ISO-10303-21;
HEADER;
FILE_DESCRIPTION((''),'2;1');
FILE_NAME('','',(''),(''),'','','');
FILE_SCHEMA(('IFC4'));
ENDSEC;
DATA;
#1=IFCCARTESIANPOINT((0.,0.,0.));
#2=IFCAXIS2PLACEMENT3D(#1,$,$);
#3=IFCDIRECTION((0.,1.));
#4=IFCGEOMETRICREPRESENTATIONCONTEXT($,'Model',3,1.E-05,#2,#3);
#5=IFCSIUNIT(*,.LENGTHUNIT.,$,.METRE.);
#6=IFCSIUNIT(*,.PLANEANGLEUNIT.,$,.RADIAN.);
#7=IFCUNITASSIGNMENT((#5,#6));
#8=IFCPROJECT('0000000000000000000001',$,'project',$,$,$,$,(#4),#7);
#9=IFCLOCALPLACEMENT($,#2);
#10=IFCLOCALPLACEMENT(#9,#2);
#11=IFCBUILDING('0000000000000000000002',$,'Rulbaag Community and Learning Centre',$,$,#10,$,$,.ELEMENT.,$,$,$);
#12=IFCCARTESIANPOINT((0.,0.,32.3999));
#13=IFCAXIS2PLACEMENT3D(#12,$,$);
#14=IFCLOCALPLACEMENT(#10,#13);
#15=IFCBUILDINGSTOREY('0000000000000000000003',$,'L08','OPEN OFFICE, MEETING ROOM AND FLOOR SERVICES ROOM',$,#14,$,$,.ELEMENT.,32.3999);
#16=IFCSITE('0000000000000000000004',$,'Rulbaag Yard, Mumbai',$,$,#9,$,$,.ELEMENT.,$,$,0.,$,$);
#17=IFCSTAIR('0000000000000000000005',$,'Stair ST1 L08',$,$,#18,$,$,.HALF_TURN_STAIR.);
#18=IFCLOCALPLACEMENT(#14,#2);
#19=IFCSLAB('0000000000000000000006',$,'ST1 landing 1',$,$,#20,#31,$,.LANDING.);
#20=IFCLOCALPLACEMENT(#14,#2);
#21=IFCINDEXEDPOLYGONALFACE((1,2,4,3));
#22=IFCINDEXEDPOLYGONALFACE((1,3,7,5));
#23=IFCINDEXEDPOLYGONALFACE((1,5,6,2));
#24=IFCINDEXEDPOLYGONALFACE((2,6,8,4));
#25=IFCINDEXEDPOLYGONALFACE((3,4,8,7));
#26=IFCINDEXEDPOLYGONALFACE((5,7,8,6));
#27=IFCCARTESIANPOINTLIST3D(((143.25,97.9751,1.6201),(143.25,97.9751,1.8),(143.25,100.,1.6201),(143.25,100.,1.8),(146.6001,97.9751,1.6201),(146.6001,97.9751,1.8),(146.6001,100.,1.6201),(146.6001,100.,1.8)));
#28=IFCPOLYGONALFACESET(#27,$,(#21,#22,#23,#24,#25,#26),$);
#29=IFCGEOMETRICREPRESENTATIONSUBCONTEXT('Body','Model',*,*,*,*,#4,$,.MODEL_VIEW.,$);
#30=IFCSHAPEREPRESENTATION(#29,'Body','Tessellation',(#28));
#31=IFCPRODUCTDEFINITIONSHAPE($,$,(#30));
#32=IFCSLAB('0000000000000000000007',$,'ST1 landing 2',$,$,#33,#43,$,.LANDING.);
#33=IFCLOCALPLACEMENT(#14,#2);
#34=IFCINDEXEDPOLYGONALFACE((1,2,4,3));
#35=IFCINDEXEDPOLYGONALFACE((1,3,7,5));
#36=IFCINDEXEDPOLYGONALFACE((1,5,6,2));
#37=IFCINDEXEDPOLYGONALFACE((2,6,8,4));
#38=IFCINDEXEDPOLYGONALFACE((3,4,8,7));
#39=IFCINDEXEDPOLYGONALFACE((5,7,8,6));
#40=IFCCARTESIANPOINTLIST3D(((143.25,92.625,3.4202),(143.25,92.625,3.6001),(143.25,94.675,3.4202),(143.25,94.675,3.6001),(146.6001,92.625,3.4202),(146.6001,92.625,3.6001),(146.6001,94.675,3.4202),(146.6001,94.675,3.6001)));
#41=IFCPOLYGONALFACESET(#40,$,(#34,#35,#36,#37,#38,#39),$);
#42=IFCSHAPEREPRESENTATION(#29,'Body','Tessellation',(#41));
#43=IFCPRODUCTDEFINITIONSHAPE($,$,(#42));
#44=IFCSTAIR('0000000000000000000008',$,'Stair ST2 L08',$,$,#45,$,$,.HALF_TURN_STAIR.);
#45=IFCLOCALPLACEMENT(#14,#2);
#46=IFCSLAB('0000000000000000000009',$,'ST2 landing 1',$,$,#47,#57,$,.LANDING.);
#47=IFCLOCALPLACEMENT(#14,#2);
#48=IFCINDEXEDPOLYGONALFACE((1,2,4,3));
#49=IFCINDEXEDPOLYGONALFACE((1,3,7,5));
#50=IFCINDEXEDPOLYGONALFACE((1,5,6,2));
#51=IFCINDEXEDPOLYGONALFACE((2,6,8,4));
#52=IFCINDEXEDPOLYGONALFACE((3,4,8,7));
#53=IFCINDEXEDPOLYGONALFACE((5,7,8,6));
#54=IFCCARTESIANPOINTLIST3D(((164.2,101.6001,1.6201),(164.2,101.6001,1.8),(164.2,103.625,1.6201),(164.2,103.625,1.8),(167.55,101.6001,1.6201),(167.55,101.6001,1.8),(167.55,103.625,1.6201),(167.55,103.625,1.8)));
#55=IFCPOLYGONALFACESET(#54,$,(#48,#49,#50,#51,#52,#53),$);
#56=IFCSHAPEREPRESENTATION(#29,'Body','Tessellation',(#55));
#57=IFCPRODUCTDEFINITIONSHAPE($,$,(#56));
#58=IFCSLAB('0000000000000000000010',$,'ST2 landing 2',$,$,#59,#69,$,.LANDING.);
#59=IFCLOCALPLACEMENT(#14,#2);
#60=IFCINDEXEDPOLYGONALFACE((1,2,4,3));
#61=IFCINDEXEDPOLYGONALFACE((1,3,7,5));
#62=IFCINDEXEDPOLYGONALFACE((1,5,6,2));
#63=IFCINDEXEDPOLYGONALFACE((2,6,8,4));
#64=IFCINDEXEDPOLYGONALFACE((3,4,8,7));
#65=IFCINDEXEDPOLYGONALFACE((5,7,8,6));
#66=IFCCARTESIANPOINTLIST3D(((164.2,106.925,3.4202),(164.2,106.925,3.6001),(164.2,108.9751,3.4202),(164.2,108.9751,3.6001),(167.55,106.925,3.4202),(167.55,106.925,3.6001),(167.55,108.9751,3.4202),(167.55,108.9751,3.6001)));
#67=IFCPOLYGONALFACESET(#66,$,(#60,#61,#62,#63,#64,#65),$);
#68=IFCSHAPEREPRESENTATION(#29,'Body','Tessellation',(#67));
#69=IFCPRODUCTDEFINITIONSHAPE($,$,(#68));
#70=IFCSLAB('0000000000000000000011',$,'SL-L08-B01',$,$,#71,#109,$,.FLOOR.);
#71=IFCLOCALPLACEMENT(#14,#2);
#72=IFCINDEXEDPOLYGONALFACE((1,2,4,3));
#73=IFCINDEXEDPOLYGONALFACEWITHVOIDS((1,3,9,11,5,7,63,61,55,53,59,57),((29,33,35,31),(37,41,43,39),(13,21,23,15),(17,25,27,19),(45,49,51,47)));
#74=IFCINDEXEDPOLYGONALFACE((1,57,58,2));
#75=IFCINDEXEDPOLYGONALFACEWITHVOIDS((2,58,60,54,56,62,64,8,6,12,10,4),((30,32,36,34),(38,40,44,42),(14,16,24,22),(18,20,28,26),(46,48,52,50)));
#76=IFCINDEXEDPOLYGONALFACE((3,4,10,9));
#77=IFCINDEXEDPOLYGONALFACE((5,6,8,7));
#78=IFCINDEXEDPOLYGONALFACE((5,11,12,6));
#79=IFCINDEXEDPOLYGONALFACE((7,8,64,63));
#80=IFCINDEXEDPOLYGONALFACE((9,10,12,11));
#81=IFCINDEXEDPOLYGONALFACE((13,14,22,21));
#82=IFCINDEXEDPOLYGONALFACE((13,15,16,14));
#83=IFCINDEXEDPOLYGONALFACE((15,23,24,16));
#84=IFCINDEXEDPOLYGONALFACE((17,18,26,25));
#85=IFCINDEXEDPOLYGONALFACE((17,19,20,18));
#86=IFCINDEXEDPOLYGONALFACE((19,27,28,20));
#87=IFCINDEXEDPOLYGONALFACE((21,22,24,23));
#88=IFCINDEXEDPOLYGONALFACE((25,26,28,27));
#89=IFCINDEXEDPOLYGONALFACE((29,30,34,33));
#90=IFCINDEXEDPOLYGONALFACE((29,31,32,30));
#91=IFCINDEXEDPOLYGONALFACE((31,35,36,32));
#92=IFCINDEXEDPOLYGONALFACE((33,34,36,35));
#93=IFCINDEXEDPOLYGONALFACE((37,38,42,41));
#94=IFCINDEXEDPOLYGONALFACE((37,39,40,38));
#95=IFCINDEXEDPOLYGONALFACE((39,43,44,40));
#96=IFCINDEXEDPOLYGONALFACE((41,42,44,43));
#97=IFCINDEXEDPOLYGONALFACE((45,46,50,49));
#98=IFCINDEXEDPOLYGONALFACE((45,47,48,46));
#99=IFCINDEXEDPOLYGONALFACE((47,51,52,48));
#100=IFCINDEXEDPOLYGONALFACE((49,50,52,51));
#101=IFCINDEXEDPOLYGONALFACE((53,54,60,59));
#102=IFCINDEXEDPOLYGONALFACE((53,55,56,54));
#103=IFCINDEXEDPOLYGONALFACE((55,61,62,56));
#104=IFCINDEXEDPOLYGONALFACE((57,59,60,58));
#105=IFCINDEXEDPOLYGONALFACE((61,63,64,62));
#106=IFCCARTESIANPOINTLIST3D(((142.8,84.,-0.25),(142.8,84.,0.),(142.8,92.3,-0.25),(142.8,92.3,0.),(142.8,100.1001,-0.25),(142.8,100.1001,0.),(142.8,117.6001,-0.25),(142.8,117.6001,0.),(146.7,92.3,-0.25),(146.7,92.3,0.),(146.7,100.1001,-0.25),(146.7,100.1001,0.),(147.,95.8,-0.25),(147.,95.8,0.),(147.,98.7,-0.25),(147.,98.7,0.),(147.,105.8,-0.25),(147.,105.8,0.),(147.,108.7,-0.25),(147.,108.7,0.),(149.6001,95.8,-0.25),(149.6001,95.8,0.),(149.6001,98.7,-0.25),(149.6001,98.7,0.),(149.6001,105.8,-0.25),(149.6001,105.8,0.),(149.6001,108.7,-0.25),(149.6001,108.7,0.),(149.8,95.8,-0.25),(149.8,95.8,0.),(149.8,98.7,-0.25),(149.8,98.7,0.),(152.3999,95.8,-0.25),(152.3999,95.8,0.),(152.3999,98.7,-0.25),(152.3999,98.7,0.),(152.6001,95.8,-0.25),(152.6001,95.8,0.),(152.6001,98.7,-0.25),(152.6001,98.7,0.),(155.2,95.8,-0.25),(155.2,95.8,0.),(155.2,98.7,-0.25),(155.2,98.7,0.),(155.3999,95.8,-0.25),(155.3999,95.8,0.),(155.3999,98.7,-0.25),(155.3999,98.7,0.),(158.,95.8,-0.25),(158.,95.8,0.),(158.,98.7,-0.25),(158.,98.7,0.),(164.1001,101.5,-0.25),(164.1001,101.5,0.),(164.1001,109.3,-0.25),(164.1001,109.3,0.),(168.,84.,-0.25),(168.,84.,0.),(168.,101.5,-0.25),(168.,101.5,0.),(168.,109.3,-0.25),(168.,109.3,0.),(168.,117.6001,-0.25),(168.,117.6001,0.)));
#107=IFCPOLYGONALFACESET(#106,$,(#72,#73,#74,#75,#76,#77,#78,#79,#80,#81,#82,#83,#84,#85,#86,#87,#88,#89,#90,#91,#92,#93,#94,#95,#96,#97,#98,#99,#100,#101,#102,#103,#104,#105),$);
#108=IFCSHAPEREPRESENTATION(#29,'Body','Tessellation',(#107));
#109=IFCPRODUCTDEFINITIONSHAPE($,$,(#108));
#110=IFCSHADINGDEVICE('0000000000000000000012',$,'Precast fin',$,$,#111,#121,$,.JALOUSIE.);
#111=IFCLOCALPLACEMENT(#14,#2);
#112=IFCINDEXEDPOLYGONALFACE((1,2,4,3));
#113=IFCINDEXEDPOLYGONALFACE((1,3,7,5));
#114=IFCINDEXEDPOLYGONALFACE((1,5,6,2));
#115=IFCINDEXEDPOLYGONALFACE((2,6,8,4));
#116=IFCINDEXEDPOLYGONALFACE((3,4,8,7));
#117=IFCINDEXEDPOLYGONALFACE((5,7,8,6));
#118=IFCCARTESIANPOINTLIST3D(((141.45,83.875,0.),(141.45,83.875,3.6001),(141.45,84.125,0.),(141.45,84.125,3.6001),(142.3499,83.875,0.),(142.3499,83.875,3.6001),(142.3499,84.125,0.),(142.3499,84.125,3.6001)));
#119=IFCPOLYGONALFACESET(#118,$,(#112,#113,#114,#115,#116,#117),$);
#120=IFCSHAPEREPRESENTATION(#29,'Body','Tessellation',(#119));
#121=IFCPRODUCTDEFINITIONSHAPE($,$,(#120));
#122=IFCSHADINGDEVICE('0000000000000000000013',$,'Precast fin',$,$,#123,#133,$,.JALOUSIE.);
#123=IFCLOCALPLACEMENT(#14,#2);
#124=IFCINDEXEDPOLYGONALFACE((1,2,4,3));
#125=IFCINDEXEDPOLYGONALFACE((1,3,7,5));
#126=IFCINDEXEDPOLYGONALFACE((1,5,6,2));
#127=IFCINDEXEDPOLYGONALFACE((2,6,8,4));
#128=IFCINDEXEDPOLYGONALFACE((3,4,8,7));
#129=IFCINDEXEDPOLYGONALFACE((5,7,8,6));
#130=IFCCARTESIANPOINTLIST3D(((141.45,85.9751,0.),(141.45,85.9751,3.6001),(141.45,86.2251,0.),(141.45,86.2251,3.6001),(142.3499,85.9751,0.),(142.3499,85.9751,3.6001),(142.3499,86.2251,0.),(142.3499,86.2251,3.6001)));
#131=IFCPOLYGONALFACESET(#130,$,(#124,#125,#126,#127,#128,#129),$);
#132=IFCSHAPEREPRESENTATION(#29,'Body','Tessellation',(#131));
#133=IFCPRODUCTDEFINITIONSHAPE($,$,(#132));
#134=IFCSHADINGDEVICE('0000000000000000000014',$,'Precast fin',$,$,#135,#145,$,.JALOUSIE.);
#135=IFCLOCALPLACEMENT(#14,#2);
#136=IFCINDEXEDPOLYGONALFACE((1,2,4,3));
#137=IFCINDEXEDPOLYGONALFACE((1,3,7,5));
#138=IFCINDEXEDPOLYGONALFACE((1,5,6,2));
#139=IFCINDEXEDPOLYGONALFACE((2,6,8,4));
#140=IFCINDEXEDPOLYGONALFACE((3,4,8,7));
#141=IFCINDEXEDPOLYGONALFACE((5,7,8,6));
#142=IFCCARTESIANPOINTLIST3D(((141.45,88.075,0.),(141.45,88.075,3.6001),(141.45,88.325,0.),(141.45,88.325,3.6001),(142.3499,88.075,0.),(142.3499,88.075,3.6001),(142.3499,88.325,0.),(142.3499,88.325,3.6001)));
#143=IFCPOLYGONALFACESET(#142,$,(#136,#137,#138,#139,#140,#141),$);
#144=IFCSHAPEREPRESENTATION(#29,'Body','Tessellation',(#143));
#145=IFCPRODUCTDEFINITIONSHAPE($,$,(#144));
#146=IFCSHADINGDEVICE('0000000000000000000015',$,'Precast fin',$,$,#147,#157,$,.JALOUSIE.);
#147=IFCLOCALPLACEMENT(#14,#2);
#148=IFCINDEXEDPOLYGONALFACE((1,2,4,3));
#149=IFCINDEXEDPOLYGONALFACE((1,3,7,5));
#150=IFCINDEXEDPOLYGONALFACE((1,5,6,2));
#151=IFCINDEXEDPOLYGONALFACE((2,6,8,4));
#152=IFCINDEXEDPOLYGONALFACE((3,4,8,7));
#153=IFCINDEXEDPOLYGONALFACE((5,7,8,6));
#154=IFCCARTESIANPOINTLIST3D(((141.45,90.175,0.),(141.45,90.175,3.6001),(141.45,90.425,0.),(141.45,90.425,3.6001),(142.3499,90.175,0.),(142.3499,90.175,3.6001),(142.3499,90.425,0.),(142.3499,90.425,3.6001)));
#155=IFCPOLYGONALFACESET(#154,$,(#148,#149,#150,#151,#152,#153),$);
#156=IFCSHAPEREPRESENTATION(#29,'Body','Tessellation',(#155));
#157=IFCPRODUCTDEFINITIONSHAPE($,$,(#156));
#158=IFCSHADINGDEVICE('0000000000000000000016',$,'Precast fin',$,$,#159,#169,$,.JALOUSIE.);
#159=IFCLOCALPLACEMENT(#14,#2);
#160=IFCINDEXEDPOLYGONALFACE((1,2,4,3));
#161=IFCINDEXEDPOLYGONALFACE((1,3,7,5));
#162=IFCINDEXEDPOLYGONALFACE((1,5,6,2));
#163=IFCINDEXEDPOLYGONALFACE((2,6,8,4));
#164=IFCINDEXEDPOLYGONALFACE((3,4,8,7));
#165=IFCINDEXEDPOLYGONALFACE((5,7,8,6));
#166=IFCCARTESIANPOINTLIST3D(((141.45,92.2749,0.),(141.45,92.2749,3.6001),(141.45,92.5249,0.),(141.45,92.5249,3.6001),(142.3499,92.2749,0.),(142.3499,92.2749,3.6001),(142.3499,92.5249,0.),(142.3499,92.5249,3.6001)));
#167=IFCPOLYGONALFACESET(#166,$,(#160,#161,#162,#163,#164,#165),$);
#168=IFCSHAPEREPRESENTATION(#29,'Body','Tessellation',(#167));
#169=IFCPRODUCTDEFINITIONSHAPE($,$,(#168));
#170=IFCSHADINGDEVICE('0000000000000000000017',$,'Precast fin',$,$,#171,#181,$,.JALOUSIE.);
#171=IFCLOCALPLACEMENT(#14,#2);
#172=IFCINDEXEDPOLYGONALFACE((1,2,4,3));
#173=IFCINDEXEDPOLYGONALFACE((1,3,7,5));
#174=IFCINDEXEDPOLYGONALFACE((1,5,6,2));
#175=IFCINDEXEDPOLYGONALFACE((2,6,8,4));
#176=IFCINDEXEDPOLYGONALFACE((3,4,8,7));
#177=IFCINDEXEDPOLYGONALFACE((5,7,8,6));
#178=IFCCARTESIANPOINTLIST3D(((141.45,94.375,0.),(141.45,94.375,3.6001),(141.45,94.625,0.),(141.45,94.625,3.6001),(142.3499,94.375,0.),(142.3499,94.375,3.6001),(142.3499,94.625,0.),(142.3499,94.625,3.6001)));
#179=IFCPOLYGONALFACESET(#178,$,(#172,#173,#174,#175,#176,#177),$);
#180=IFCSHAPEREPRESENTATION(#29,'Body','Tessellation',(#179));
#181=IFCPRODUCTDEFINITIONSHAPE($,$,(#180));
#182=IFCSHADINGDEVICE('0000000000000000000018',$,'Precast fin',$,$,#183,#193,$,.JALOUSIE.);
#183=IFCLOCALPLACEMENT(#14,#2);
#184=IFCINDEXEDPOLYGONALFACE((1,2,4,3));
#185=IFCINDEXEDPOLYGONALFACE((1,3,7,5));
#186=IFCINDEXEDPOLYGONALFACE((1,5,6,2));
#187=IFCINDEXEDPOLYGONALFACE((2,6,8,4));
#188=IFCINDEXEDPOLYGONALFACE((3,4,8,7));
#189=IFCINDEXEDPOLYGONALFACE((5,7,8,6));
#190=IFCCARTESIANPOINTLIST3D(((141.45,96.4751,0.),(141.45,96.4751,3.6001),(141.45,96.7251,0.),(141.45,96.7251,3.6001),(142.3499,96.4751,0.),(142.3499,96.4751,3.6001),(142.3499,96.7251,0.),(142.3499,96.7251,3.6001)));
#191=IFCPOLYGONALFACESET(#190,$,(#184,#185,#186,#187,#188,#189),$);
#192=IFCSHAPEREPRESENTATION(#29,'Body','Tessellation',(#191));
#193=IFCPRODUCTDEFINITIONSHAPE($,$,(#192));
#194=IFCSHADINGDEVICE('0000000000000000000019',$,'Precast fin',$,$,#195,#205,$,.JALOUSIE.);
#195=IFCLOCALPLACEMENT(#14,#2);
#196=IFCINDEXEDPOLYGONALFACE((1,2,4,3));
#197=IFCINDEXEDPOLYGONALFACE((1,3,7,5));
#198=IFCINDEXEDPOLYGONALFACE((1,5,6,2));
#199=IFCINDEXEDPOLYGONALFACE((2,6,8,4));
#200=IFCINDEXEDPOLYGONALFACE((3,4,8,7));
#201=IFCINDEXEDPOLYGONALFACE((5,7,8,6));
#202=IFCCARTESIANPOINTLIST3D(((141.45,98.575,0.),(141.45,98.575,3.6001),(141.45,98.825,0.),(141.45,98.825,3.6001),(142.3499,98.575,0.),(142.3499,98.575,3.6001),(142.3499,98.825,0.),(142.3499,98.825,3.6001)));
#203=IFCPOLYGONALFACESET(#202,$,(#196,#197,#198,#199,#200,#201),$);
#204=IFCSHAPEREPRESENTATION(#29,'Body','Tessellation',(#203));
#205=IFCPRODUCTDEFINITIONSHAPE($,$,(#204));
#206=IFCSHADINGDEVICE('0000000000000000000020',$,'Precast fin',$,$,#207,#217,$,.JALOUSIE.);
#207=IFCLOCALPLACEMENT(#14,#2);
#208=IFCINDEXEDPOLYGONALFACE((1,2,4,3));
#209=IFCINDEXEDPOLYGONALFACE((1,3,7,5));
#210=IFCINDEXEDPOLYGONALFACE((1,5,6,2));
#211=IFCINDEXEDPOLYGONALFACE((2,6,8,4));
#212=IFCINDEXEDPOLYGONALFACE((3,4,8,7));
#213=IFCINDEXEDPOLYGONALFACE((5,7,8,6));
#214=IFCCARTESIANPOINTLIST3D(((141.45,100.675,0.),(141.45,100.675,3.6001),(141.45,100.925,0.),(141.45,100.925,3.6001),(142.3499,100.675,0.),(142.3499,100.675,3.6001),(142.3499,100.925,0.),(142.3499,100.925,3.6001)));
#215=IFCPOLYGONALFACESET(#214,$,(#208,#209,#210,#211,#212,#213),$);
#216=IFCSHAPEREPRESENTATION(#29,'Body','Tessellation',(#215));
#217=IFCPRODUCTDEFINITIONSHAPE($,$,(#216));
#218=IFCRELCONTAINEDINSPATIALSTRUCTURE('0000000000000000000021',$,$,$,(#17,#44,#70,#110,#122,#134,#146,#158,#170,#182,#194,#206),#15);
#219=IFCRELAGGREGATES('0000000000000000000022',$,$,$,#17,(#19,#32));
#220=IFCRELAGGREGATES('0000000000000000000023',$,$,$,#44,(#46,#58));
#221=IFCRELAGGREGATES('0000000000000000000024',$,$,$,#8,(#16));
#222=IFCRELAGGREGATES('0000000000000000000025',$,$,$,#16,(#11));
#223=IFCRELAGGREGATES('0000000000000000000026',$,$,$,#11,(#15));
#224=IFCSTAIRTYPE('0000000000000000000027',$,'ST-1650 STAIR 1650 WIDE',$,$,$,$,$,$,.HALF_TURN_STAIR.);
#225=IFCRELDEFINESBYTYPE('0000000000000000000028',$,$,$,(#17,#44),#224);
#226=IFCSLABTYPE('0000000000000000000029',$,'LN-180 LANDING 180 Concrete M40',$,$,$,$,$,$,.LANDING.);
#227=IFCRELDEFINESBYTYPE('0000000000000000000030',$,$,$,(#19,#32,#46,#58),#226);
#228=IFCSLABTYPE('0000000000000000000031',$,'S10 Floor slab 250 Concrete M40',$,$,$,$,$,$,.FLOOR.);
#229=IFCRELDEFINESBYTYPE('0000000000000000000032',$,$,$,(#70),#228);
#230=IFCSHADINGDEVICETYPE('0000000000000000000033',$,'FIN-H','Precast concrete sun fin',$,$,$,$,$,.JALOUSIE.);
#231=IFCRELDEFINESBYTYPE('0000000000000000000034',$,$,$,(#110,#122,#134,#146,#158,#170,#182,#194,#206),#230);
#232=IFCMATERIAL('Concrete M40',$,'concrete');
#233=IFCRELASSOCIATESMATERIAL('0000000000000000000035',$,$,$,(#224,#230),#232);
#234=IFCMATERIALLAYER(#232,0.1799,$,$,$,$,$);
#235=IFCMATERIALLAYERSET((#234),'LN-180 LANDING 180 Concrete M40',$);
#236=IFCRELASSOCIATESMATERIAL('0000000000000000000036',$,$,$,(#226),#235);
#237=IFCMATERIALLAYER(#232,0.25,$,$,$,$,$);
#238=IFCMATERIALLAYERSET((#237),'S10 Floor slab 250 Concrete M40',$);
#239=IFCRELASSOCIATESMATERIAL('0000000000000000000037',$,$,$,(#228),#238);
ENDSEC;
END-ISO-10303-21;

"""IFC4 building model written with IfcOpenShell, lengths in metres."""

from ifc_helpers import new_model, si_unit, direction, frame, origin, origin_2d, place, context, subcontext, project, spatial, polyline, rectangle, outline, extrude, material, layer, layer_set, material_profile, profile_set, type_object, element, aggregate, save


model = new_model("IFC4")

# Units and contexts
model_context = context("Model", 3, precision=1e-05, world=origin(), true_north=direction((0.0, 1.0)))
body_context = subcontext(model_context, "Body", "Model", "MODEL_VIEW")
ifc_project = project(units=[si_unit("LENGTHUNIT", "METRE"), si_unit("PLANEANGLEUNIT", "RADIAN")], contexts=[model_context])

# Site, building, storey
site_placement = place(None, origin())
site = spatial("IfcSite", under=ifc_project, at=site_placement, Name="Rulbaag Yard, Mumbai", CompositionType="ELEMENT", RefElevation=0.0)
building_placement = place(site_placement, origin())
building = spatial("IfcBuilding", under=site, at=building_placement, Name="Rulbaag Community and Learning Centre", CompositionType="ELEMENT")
storey_placement = place(building_placement, frame((0.0, 0.0, 32.3999)))
storey = spatial("IfcBuildingStorey", under=building, at=storey_placement, Name="L08", Description="OPEN OFFICE, MEETING ROOM AND FLOOR SERVICES ROOM", CompositionType="ELEMENT", Elevation=32.3999)

# Stairs, slabs
ifc_material_1 = material(Name="Concrete M40", Category="concrete")
stair_type = type_object("IfcStairType", Name="ST-1650 STAIR 1650 WIDE", PredefinedType="HALF_TURN_STAIR", material=ifc_material_1)
stair_1_placement = place(storey_placement, origin())
stair_1 = element("IfcStair", 1, at=stair_1_placement, inside=storey, type_object=stair_type, Name="Stair ST1 L08", PredefinedType="HALF_TURN_STAIR")
ifc_layer_1 = layer(ifc_material_1, 0.1799)
ifc_layer_set_1 = layer_set([ifc_layer_1], Name="LN-180 LANDING 180 Concrete M40")
slab_type_1 = type_object("IfcSlabType", Name="LN-180 LANDING 180 Concrete M40", PredefinedType="LANDING", material=ifc_layer_set_1)
slab_1_placement = place(storey_placement, frame((0.0, 0.0, 1.6201)))
slab_1 = element("IfcSlab", 2, at=slab_1_placement, type_object=slab_type_1, Name="ST1 landing 1", PredefinedType="LANDING", context=body_context, shape_type="SweptSolid", body=[
    extrude(outline(polyline([(143.25, 97.9751), (143.25, 100.0), (146.6001, 100.0), (146.6001, 97.9751), (143.25, 97.9751)])), origin(), (0.0, 0.0, 1.0), 0.1799),
])
slab_2_placement = place(storey_placement, frame((0.0, 0.0, 3.4202)))
slab_2 = element("IfcSlab", 3, at=slab_2_placement, type_object=slab_type_1, Name="ST1 landing 2", PredefinedType="LANDING", context=body_context, shape_type="SweptSolid", body=[
    extrude(outline(polyline([(143.25, 92.625), (143.25, 94.675), (146.6001, 94.675), (146.6001, 92.625), (143.25, 92.625)])), origin(), (0.0, 0.0, 1.0), 0.1799),
])
aggregate(stair_1, [slab_1, slab_2])
stair_2_placement = place(storey_placement, origin())
stair_2 = element("IfcStair", 4, at=stair_2_placement, inside=storey, type_object=stair_type, Name="Stair ST2 L08", PredefinedType="HALF_TURN_STAIR")
slab_3_placement = place(storey_placement, frame((0.0, 0.0, 1.6201)))
slab_3 = element("IfcSlab", 5, at=slab_3_placement, type_object=slab_type_1, Name="ST2 landing 1", PredefinedType="LANDING", context=body_context, shape_type="SweptSolid", body=[
    extrude(outline(polyline([(164.2, 101.6001), (164.2, 103.625), (167.55, 103.625), (167.55, 101.6001), (164.2, 101.6001)])), origin(), (0.0, 0.0, 1.0), 0.1799),
])
slab_4_placement = place(storey_placement, frame((0.0, 0.0, 3.4202)))
slab_4 = element("IfcSlab", 6, at=slab_4_placement, type_object=slab_type_1, Name="ST2 landing 2", PredefinedType="LANDING", context=body_context, shape_type="SweptSolid", body=[
    extrude(outline(polyline([(164.2, 106.925), (164.2, 108.9751), (167.55, 108.9751), (167.55, 106.925), (164.2, 106.925)])), origin(), (0.0, 0.0, 1.0), 0.1799),
])
aggregate(stair_2, [slab_3, slab_4])

# Slab
ifc_layer_2 = layer(ifc_material_1, 0.25)
ifc_layer_set_2 = layer_set([ifc_layer_2], Name="S10 Floor slab 250 Concrete M40")
slab_type_2 = type_object("IfcSlabType", Name="S10 Floor slab 250 Concrete M40", PredefinedType="FLOOR", material=ifc_layer_set_2)
slab_5_placement = place(storey_placement, frame((0.0, 0.0, -0.25)))
element("IfcSlab", 7, at=slab_5_placement, inside=storey, type_object=slab_type_2, Name="SL-L08-B01", PredefinedType="FLOOR", context=body_context, shape_type="SweptSolid", body=[
    extrude(outline(polyline([(168.0, 84.0), (142.8, 84.0), (142.8, 92.3), (146.7, 92.3), (146.7, 100.1001), (142.8, 100.1001), (142.8, 117.6001), (168.0, 117.6001), (168.0, 109.3), (164.1001, 109.3), (164.1001, 101.5), (168.0, 101.5), (168.0, 84.0)]), holes=[polyline([(147.0, 98.7), (147.0, 95.8), (149.6001, 95.8), (149.6001, 98.7), (147.0, 98.7)]), polyline([(149.8, 98.7), (149.8, 95.8), (152.3999, 95.8), (152.3999, 98.7), (149.8, 98.7)]), polyline([(152.6001, 98.7), (152.6001, 95.8), (155.2, 95.8), (155.2, 98.7), (152.6001, 98.7)]), polyline([(155.3999, 98.7), (155.3999, 95.8), (158.0, 95.8), (158.0, 98.7), (155.3999, 98.7)]), polyline([(147.0, 108.7), (147.0, 105.8), (149.6001, 105.8), (149.6001, 108.7), (147.0, 108.7)])]), origin(), (0.0, 0.0, 1.0), 0.25),
])

# Shading devices
ifc_material_profile = material_profile(ifc_material_1, rectangle(XDim=0.25, YDim=0.8999, at=origin_2d()), Name="PC 250x900")
ifc_profile_set = profile_set([ifc_material_profile], Name="Concrete M40")
shading_device_type = type_object("IfcShadingDeviceType", Name="FIN-H", Description="Precast concrete sun fin", PredefinedType="JALOUSIE", material=ifc_profile_set)
for number, where, z_axis, x_axis, name in (
    (8, (141.8999, 84.0, 0.0), (0.0, 0.0, 1.0), (0.0, 1.0, 0.0), "Precast fin"),
    (9, (141.8999, 86.1001, 0.0), (0.0, 0.0, 1.0), (0.0, 1.0, 0.0), "Precast fin"),
    (10, (141.8999, 88.2, 0.0), (0.0, 0.0, 1.0), (0.0, 1.0, 0.0), "Precast fin"),
    (11, (141.8999, 90.3, 0.0), (0.0, 0.0, 1.0), (0.0, 1.0, 0.0), "Precast fin"),
    (12, (141.8999, 92.3999, 0.0), (0.0, 0.0, 1.0), (0.0, 1.0, 0.0), "Precast fin"),
    (13, (141.8999, 94.5, 0.0), (0.0, 0.0, 1.0), (0.0, 1.0, 0.0), "Precast fin"),
    (14, (141.8999, 96.6001, 0.0), (0.0, 0.0, 1.0), (0.0, 1.0, 0.0), "Precast fin"),
    (15, (141.8999, 98.7, 0.0), (0.0, 0.0, 1.0), (0.0, 1.0, 0.0), "Precast fin"),
    (16, (141.8999, 100.8, 0.0), (0.0, 0.0, 1.0), (0.0, 1.0, 0.0), "Precast fin"),
):
    element("IfcShadingDevice", number, at=place(storey_placement, frame(where, z_axis=z_axis, x_axis=x_axis)), inside=storey, type_object=shading_device_type, Name=name, PredefinedType="JALOUSIE", context=body_context, shape_type="SweptSolid", body=[
        extrude(rectangle(XDim=0.25, YDim=0.8999, at=origin_2d()), origin(), (0.0, 0.0, 1.0), 3.6001),
    ])

save(model, "model.ifc")
